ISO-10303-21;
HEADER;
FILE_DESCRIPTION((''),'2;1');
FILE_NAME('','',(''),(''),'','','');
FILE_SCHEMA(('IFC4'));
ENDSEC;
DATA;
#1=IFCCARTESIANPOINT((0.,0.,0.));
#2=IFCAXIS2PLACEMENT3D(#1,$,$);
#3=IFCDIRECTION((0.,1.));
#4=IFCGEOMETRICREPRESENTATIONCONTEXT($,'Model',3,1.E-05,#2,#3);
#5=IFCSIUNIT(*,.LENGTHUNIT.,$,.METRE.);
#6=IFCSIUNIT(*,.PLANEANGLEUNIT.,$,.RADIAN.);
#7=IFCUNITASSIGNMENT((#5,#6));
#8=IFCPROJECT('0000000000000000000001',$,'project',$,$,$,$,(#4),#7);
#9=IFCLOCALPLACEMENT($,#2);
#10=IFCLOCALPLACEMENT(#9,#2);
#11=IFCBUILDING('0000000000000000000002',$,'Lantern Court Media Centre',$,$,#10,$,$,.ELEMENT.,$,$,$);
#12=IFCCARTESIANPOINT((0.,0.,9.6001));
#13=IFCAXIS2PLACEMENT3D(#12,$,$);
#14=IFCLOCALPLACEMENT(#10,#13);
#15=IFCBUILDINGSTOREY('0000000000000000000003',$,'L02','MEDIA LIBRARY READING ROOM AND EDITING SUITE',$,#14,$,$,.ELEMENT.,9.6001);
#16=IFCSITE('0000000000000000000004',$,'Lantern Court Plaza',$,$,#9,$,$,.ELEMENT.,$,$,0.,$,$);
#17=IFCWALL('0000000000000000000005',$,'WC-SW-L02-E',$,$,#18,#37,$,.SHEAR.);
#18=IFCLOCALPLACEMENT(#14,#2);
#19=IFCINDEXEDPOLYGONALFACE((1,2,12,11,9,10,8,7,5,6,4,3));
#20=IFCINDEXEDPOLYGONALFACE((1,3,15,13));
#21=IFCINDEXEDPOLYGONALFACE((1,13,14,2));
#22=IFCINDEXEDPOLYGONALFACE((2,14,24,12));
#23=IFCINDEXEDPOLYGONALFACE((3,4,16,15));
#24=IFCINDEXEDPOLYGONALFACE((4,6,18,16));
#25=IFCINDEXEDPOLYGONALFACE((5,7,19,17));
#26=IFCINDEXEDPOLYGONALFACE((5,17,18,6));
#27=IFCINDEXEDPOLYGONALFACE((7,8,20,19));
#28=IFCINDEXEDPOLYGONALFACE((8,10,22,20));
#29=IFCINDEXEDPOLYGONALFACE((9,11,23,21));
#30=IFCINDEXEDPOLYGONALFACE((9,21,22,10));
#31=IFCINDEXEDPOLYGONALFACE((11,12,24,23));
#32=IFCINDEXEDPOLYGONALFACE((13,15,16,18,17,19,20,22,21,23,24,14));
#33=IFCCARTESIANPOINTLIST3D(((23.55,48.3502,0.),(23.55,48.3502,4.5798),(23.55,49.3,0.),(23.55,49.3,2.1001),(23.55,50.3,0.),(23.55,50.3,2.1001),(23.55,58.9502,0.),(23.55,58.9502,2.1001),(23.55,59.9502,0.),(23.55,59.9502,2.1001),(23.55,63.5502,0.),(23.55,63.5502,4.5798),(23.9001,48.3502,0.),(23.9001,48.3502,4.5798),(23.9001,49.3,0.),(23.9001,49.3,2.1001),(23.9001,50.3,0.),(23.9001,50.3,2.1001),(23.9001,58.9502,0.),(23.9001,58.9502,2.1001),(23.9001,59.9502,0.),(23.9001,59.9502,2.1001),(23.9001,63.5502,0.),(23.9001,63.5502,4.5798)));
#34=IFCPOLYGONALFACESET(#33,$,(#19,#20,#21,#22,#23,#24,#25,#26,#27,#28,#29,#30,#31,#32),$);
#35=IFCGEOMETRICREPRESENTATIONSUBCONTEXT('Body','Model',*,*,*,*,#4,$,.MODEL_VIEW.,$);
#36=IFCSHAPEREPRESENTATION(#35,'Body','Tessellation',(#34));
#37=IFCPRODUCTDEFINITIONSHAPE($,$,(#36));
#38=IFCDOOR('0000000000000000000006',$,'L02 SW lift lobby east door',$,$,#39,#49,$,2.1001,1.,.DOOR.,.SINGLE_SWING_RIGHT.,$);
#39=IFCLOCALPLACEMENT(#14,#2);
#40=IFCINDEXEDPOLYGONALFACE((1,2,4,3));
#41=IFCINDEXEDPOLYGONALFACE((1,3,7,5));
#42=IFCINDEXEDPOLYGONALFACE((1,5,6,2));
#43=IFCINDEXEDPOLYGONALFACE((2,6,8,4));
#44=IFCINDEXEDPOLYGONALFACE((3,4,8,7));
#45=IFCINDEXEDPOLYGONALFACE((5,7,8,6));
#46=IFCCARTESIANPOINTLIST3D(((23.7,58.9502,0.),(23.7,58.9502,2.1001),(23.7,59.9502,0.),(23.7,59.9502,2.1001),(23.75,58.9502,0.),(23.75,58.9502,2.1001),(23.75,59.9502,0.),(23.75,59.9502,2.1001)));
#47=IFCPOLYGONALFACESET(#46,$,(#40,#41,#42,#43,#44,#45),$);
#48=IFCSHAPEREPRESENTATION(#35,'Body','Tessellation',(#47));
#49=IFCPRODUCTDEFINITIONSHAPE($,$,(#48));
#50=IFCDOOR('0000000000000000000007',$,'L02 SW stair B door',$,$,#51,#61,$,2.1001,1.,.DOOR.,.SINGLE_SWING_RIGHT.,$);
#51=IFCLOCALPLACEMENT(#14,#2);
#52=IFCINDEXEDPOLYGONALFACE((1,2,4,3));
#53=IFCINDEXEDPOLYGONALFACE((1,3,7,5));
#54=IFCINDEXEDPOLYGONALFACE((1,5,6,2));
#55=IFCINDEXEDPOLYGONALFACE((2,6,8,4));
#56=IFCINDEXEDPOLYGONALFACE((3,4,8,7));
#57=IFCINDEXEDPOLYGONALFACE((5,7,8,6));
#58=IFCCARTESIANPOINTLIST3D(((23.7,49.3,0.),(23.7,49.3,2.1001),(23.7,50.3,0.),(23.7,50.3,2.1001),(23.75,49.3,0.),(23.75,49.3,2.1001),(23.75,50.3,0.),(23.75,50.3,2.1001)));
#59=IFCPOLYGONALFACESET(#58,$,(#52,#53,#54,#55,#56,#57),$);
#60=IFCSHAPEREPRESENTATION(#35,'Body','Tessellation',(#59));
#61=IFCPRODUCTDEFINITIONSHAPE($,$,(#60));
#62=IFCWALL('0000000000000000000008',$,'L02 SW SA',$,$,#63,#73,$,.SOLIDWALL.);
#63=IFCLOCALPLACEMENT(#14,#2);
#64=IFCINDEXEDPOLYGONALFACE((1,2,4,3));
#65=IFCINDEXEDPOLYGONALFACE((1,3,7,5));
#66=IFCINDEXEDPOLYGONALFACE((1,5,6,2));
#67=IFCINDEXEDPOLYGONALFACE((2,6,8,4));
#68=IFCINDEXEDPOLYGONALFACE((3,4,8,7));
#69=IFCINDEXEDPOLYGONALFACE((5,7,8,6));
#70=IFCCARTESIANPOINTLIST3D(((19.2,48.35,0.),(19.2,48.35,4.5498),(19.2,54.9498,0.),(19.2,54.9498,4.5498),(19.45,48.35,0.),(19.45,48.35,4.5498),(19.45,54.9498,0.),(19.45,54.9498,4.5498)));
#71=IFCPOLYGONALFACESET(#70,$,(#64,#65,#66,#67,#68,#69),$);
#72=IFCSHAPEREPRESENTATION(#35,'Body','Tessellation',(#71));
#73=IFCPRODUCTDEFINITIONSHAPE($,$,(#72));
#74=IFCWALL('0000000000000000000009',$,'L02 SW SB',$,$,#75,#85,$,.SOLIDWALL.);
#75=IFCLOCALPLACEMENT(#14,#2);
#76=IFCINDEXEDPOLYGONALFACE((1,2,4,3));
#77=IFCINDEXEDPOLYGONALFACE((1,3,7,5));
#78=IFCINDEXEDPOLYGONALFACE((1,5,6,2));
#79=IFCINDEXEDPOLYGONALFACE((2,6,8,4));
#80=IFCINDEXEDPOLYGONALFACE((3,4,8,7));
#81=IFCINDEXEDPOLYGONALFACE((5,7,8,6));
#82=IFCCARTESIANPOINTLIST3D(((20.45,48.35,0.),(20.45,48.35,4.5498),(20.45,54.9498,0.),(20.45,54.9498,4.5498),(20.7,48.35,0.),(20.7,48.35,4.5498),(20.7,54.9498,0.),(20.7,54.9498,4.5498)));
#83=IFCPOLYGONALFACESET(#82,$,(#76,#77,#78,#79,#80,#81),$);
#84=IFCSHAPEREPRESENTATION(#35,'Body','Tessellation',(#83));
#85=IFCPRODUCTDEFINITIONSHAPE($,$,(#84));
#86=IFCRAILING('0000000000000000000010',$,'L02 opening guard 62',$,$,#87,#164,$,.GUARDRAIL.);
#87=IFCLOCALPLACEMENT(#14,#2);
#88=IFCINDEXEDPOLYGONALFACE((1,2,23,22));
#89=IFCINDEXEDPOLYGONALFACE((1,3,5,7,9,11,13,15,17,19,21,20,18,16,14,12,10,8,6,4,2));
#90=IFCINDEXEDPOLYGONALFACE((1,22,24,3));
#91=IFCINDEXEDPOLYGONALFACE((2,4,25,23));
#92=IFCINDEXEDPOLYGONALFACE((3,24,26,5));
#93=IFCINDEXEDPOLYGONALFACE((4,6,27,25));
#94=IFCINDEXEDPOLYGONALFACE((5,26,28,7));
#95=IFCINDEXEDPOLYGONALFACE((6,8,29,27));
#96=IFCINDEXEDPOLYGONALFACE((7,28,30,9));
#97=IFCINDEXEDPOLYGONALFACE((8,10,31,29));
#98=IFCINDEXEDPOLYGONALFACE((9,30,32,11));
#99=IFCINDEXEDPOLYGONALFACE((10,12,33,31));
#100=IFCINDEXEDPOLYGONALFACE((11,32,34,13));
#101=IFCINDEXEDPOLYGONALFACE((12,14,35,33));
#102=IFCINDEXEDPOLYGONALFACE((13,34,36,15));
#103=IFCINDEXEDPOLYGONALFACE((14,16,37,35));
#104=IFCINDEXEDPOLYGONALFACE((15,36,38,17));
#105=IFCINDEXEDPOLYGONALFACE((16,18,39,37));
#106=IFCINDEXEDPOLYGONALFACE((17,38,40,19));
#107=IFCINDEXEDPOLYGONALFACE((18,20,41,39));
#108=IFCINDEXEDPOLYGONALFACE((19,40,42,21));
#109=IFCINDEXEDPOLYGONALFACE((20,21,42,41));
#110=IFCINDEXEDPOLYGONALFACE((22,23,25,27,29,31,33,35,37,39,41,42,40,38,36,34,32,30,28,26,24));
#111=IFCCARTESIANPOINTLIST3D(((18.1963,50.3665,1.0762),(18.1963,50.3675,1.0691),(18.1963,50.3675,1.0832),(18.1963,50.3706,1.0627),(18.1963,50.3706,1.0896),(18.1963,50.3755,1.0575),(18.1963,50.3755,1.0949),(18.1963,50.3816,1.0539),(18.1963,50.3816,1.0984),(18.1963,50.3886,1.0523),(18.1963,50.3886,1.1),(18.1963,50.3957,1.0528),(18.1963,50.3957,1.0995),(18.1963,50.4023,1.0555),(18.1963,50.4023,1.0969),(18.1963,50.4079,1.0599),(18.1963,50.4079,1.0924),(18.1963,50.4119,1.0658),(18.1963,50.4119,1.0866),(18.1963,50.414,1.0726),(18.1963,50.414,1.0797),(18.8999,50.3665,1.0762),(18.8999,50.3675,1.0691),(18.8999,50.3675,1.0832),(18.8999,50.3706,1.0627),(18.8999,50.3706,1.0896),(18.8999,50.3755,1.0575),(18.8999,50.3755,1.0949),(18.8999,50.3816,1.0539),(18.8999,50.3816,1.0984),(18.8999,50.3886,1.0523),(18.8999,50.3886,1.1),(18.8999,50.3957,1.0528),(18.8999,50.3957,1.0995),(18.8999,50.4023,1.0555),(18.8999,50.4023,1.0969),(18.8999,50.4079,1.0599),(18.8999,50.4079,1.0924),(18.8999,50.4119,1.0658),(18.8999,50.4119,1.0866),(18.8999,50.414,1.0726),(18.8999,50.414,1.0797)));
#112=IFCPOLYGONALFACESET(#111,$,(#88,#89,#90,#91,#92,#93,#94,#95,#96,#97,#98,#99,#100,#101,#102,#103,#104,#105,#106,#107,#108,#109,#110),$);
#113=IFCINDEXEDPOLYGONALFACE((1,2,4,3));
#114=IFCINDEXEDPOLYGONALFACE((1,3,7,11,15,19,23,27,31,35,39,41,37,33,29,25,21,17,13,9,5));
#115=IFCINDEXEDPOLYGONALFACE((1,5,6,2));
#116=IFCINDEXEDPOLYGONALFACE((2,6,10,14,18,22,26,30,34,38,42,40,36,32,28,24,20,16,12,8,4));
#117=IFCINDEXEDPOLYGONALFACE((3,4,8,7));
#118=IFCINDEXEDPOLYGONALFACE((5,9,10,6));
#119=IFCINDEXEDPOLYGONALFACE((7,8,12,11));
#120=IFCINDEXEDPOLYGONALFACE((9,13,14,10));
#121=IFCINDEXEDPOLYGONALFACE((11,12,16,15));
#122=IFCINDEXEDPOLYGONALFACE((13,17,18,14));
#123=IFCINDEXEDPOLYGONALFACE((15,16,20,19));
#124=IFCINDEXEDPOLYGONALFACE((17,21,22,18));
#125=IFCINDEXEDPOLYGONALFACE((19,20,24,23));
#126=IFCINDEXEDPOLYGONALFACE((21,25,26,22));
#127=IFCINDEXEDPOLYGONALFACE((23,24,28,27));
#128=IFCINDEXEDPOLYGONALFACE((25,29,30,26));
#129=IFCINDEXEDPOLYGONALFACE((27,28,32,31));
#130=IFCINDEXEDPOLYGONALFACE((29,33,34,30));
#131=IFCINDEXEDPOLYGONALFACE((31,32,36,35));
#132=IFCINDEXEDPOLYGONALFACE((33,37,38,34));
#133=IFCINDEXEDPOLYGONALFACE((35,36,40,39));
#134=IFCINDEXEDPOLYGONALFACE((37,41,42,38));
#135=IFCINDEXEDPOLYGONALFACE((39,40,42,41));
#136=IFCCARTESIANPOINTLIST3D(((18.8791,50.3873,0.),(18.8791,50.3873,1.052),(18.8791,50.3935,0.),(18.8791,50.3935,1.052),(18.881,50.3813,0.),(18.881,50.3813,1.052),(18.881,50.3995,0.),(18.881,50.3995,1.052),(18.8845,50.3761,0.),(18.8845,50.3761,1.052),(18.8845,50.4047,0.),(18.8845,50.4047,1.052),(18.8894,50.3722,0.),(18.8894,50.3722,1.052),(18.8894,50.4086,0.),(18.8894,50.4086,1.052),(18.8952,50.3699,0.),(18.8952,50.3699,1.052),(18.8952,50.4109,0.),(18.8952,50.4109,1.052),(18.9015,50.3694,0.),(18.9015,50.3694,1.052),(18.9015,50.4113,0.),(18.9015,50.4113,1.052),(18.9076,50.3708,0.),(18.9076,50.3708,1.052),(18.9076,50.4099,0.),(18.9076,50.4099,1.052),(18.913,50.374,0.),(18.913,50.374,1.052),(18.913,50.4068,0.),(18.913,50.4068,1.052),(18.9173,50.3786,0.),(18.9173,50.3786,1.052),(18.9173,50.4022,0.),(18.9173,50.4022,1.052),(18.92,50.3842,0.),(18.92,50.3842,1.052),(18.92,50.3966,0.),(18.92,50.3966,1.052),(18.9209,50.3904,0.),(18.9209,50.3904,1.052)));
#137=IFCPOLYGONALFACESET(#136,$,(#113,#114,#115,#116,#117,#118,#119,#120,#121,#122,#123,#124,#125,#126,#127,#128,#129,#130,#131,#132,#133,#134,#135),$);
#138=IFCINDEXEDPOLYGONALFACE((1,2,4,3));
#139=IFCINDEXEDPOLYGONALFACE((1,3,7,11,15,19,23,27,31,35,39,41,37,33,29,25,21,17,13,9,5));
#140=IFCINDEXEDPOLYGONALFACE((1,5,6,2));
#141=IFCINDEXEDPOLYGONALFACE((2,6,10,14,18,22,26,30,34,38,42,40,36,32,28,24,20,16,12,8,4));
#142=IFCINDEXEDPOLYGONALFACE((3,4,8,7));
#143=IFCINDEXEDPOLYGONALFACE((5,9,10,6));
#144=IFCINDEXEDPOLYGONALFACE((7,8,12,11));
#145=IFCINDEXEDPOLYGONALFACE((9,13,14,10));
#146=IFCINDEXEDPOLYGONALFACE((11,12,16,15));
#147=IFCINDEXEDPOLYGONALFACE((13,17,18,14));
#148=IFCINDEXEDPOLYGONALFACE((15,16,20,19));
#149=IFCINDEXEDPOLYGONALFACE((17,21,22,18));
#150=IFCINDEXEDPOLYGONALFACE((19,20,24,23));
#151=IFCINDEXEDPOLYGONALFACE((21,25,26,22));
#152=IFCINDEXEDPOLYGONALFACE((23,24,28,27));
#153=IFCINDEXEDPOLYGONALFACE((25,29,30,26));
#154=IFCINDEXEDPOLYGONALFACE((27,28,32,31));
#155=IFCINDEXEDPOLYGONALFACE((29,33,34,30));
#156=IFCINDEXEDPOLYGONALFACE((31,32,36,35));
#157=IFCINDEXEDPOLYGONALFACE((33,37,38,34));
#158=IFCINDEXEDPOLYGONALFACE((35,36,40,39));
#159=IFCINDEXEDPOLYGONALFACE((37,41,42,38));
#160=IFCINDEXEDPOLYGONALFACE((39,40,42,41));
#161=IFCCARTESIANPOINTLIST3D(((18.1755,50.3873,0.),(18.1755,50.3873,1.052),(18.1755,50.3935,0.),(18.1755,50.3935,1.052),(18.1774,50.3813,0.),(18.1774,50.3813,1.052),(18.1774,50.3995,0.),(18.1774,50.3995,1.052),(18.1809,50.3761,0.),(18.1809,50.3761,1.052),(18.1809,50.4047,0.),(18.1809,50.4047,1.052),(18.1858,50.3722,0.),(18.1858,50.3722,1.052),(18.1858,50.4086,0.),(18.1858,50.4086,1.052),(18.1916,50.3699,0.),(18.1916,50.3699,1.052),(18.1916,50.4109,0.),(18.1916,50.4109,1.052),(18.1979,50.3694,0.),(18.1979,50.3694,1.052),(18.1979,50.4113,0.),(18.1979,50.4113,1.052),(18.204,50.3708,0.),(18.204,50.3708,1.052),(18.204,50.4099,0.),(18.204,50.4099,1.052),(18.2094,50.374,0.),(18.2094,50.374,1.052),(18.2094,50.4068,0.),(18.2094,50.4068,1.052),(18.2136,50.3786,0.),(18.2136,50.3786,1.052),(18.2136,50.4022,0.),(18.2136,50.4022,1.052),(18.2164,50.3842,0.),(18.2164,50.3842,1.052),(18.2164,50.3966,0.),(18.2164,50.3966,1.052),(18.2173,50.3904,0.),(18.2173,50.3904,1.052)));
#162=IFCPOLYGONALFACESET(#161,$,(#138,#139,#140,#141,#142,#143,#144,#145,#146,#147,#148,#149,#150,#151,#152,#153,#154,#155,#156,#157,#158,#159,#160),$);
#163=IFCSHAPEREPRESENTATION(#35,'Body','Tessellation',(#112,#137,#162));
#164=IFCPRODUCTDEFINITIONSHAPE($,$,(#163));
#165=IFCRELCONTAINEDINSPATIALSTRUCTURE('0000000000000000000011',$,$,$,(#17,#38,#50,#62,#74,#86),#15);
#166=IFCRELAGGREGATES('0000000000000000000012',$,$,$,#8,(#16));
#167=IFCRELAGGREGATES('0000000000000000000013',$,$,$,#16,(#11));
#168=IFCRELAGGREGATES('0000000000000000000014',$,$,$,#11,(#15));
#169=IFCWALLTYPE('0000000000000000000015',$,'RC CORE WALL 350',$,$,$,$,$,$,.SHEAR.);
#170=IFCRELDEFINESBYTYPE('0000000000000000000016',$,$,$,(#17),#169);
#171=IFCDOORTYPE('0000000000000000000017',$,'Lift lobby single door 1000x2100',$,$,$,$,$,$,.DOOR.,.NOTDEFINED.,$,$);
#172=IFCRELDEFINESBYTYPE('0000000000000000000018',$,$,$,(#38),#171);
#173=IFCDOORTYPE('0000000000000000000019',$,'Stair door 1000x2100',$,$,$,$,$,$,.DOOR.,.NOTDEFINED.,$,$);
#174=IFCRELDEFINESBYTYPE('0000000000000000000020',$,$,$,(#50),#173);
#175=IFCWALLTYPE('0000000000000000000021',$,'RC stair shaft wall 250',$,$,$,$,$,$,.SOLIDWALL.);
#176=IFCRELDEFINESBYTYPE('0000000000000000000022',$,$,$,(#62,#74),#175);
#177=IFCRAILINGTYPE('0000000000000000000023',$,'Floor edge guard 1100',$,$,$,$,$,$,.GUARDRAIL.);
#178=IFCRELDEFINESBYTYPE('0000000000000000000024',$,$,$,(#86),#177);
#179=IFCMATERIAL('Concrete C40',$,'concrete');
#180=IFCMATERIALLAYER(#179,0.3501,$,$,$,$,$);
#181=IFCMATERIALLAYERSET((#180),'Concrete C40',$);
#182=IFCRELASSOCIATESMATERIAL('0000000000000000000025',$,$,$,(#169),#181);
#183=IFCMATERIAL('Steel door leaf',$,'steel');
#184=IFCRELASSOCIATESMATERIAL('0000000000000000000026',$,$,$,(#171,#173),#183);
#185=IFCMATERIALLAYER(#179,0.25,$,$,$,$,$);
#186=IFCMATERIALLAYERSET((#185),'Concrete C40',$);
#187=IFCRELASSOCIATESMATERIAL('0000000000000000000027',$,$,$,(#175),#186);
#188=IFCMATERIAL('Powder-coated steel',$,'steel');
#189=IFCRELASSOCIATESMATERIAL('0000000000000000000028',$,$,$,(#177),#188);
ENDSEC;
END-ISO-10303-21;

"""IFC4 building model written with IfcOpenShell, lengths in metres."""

from ifc_helpers import new_model, si_unit, direction, frame, frame_2d, origin, origin_2d, place, context, subcontext, project, spatial, rectangle, circle, extrude, material, layer, layer_set, type_object, element, fill, save


model = new_model("IFC4")

# Units and contexts
model_context = context("Model", 3, precision=1e-05, world=origin(), true_north=direction((0.0, 1.0)))
body_context = subcontext(model_context, "Body", "Model", "MODEL_VIEW")
ifc_project = project(units=[si_unit("LENGTHUNIT", "METRE"), si_unit("PLANEANGLEUNIT", "RADIAN")], contexts=[model_context])

# Site, building, storey
site_placement = place(None, origin())
site = spatial("IfcSite", under=ifc_project, at=site_placement, Name="Lantern Court Plaza", CompositionType="ELEMENT", RefElevation=0.0)
building_placement = place(site_placement, origin())
building = spatial("IfcBuilding", under=site, at=building_placement, Name="Lantern Court Media Centre", CompositionType="ELEMENT")
storey_placement = place(building_placement, frame((0.0, 0.0, 9.6001)))
storey = spatial("IfcBuildingStorey", under=building, at=storey_placement, Name="L02", Description="MEDIA LIBRARY READING ROOM AND EDITING SUITE", CompositionType="ELEMENT", Elevation=9.6001)

# Wall, openings, doors
ifc_material_1 = material(Name="Concrete C40", Category="concrete")
ifc_layer_1 = layer(ifc_material_1, 0.3501)
ifc_layer_set_1 = layer_set([ifc_layer_1], Name="Concrete C40")
wall_type_1 = type_object("IfcWallType", Name="RC CORE WALL 350", PredefinedType="SHEAR", material=ifc_layer_set_1)
wall_1_placement = place(storey_placement, frame((23.7251, 48.3501, 0.0), z_axis=(0.0, 0.0, 1.0), x_axis=(0.0, 1.0, 0.0)))
wall_1 = element("IfcWall", 1, at=wall_1_placement, inside=storey, type_object=wall_type_1, Name="WC-SW-L02-E", PredefinedType="SHEAR", context=body_context, shape_type="SweptSolid", body=[
    extrude(rectangle(XDim=15.2, YDim=0.3501, at=frame_2d((7.6001, 0.0))), origin(), (0.0, 0.0, 1.0), 4.5798),
])
opening_1_placement = place(wall_1_placement, frame((0.95, 0.0, 0.0)))
opening_1 = element("IfcOpeningElement", 2, at=opening_1_placement, cuts=wall_1, PredefinedType="OPENING", context=body_context, shape_type="SweptSolid", body=[
    extrude(rectangle(XDim=1.0, YDim=2.1001, at=frame_2d((0.5, 1.05))), frame((0.0, 0.1851, 0.0), z_axis=(0.0, -1.0, 0.0), x_axis=(1.0, 0.0, 0.0)), (0.0, 0.0, 1.0), 0.3701),
])
opening_2_placement = place(wall_1_placement, frame((10.6001, 0.0, 0.0)))
opening_2 = element("IfcOpeningElement", 3, at=opening_2_placement, cuts=wall_1, PredefinedType="OPENING", context=body_context, shape_type="SweptSolid", body=[
    extrude(rectangle(XDim=1.0, YDim=2.1001, at=frame_2d((0.5, 1.05))), frame((0.0, 0.1851, 0.0), z_axis=(0.0, -1.0, 0.0), x_axis=(1.0, 0.0, 0.0)), (0.0, 0.0, 1.0), 0.3701),
])
ifc_material_2 = material(Name="Steel door leaf", Category="steel")
door_type_1 = type_object("IfcDoorType", Name="Lift lobby single door 1000x2100", OperationType="NOTDEFINED", PredefinedType="DOOR", material=ifc_material_2)
door_1_placement = place(opening_2_placement, frame((1.0, 0.0, 0.0), z_axis=(0.0, 0.0, 1.0), x_axis=(-1.0, 0.0, 0.0)))
door_1 = element("IfcDoor", 4, at=door_1_placement, inside=storey, type_object=door_type_1, Name="L02 SW lift lobby east door", OperationType="SINGLE_SWING_RIGHT", OverallHeight=2.1001, OverallWidth=1.0, PredefinedType="DOOR", context=body_context, shape_type="SweptSolid", body=[
    extrude(rectangle(XDim=1.0, YDim=2.1001, at=frame_2d((0.5, 1.05))), frame((0.0, 0.0249, 0.0), z_axis=(0.0, -1.0, 0.0), x_axis=(1.0, 0.0, 0.0)), (0.0, 0.0, 1.0), 0.05),
])
fill(opening_2, door_1)
door_type_2 = type_object("IfcDoorType", Name="Stair door 1000x2100", OperationType="NOTDEFINED", PredefinedType="DOOR", material=ifc_material_2)
door_2_placement = place(opening_1_placement, frame((1.0, 0.0, 0.0), z_axis=(0.0, 0.0, 1.0), x_axis=(-1.0, 0.0, 0.0)))
door_2 = element("IfcDoor", 5, at=door_2_placement, inside=storey, type_object=door_type_2, Name="L02 SW stair B door", OperationType="SINGLE_SWING_RIGHT", OverallHeight=2.1001, OverallWidth=1.0, PredefinedType="DOOR", context=body_context, shape_type="SweptSolid", body=[
    extrude(rectangle(XDim=1.0, YDim=2.1001, at=frame_2d((0.5, 1.05))), frame((0.0, 0.0249, 0.0), z_axis=(0.0, -1.0, 0.0), x_axis=(1.0, 0.0, 0.0)), (0.0, 0.0, 1.0), 0.05),
])
fill(opening_1, door_2)

# Walls
ifc_layer_2 = layer(ifc_material_1, 0.25)
ifc_layer_set_2 = layer_set([ifc_layer_2], Name="Concrete C40")
wall_type_2 = type_object("IfcWallType", Name="RC stair shaft wall 250", PredefinedType="SOLIDWALL", material=ifc_layer_set_2)
for number, where, z_axis, x_axis, name in (
    (6, (19.325, 48.3501, 0.0), (0.0, 0.0, 1.0), (0.0, 1.0, 0.0), "L02 SW SA"),
    (7, (20.575, 48.3501, 0.0), (0.0, 0.0, 1.0), (0.0, 1.0, 0.0), "L02 SW SB"),
):
    element("IfcWall", number, at=place(storey_placement, frame(where, z_axis=z_axis, x_axis=x_axis)), inside=storey, type_object=wall_type_2, Name=name, PredefinedType="SOLIDWALL", context=body_context, shape_type="SweptSolid", body=[
        extrude(rectangle(XDim=6.5999, YDim=0.25, at=frame_2d((3.2998, 0.0))), origin(), (0.0, 0.0, 1.0), 4.5498),
    ])

# Railing
ifc_material_3 = material(Name="Powder-coated steel", Category="steel")
railing_type = type_object("IfcRailingType", Name="Floor edge guard 1100", PredefinedType="GUARDRAIL", material=ifc_material_3)
for number, where, name in (
    (8, (18.8999, 50.3904, 0.0), "L02 opening guard 62"),
):
    element("IfcRailing", number, at=place(storey_placement, frame(where)), inside=storey, type_object=railing_type, Name=name, PredefinedType="GUARDRAIL", context=body_context, shape_type="SweptSolid", body=[
        extrude(circle(Radius=0.0239, at=origin_2d()), frame((0.0, 0.0, 1.0762), z_axis=(-1.0, 0.0, 0.0), x_axis=(0.0, -1.0, 0.0)), (0.0, 0.0, 1.0), 0.7036),
        extrude(circle(Radius=0.021, at=origin_2d()), origin(), (0.0, 0.0, 1.0), 1.052),
        extrude(circle(Radius=0.021, at=origin_2d()), frame((-0.7036, 0.0, 0.0)), (0.0, 0.0, 1.0), 1.052),
    ])

save(model, "model.ifc")
